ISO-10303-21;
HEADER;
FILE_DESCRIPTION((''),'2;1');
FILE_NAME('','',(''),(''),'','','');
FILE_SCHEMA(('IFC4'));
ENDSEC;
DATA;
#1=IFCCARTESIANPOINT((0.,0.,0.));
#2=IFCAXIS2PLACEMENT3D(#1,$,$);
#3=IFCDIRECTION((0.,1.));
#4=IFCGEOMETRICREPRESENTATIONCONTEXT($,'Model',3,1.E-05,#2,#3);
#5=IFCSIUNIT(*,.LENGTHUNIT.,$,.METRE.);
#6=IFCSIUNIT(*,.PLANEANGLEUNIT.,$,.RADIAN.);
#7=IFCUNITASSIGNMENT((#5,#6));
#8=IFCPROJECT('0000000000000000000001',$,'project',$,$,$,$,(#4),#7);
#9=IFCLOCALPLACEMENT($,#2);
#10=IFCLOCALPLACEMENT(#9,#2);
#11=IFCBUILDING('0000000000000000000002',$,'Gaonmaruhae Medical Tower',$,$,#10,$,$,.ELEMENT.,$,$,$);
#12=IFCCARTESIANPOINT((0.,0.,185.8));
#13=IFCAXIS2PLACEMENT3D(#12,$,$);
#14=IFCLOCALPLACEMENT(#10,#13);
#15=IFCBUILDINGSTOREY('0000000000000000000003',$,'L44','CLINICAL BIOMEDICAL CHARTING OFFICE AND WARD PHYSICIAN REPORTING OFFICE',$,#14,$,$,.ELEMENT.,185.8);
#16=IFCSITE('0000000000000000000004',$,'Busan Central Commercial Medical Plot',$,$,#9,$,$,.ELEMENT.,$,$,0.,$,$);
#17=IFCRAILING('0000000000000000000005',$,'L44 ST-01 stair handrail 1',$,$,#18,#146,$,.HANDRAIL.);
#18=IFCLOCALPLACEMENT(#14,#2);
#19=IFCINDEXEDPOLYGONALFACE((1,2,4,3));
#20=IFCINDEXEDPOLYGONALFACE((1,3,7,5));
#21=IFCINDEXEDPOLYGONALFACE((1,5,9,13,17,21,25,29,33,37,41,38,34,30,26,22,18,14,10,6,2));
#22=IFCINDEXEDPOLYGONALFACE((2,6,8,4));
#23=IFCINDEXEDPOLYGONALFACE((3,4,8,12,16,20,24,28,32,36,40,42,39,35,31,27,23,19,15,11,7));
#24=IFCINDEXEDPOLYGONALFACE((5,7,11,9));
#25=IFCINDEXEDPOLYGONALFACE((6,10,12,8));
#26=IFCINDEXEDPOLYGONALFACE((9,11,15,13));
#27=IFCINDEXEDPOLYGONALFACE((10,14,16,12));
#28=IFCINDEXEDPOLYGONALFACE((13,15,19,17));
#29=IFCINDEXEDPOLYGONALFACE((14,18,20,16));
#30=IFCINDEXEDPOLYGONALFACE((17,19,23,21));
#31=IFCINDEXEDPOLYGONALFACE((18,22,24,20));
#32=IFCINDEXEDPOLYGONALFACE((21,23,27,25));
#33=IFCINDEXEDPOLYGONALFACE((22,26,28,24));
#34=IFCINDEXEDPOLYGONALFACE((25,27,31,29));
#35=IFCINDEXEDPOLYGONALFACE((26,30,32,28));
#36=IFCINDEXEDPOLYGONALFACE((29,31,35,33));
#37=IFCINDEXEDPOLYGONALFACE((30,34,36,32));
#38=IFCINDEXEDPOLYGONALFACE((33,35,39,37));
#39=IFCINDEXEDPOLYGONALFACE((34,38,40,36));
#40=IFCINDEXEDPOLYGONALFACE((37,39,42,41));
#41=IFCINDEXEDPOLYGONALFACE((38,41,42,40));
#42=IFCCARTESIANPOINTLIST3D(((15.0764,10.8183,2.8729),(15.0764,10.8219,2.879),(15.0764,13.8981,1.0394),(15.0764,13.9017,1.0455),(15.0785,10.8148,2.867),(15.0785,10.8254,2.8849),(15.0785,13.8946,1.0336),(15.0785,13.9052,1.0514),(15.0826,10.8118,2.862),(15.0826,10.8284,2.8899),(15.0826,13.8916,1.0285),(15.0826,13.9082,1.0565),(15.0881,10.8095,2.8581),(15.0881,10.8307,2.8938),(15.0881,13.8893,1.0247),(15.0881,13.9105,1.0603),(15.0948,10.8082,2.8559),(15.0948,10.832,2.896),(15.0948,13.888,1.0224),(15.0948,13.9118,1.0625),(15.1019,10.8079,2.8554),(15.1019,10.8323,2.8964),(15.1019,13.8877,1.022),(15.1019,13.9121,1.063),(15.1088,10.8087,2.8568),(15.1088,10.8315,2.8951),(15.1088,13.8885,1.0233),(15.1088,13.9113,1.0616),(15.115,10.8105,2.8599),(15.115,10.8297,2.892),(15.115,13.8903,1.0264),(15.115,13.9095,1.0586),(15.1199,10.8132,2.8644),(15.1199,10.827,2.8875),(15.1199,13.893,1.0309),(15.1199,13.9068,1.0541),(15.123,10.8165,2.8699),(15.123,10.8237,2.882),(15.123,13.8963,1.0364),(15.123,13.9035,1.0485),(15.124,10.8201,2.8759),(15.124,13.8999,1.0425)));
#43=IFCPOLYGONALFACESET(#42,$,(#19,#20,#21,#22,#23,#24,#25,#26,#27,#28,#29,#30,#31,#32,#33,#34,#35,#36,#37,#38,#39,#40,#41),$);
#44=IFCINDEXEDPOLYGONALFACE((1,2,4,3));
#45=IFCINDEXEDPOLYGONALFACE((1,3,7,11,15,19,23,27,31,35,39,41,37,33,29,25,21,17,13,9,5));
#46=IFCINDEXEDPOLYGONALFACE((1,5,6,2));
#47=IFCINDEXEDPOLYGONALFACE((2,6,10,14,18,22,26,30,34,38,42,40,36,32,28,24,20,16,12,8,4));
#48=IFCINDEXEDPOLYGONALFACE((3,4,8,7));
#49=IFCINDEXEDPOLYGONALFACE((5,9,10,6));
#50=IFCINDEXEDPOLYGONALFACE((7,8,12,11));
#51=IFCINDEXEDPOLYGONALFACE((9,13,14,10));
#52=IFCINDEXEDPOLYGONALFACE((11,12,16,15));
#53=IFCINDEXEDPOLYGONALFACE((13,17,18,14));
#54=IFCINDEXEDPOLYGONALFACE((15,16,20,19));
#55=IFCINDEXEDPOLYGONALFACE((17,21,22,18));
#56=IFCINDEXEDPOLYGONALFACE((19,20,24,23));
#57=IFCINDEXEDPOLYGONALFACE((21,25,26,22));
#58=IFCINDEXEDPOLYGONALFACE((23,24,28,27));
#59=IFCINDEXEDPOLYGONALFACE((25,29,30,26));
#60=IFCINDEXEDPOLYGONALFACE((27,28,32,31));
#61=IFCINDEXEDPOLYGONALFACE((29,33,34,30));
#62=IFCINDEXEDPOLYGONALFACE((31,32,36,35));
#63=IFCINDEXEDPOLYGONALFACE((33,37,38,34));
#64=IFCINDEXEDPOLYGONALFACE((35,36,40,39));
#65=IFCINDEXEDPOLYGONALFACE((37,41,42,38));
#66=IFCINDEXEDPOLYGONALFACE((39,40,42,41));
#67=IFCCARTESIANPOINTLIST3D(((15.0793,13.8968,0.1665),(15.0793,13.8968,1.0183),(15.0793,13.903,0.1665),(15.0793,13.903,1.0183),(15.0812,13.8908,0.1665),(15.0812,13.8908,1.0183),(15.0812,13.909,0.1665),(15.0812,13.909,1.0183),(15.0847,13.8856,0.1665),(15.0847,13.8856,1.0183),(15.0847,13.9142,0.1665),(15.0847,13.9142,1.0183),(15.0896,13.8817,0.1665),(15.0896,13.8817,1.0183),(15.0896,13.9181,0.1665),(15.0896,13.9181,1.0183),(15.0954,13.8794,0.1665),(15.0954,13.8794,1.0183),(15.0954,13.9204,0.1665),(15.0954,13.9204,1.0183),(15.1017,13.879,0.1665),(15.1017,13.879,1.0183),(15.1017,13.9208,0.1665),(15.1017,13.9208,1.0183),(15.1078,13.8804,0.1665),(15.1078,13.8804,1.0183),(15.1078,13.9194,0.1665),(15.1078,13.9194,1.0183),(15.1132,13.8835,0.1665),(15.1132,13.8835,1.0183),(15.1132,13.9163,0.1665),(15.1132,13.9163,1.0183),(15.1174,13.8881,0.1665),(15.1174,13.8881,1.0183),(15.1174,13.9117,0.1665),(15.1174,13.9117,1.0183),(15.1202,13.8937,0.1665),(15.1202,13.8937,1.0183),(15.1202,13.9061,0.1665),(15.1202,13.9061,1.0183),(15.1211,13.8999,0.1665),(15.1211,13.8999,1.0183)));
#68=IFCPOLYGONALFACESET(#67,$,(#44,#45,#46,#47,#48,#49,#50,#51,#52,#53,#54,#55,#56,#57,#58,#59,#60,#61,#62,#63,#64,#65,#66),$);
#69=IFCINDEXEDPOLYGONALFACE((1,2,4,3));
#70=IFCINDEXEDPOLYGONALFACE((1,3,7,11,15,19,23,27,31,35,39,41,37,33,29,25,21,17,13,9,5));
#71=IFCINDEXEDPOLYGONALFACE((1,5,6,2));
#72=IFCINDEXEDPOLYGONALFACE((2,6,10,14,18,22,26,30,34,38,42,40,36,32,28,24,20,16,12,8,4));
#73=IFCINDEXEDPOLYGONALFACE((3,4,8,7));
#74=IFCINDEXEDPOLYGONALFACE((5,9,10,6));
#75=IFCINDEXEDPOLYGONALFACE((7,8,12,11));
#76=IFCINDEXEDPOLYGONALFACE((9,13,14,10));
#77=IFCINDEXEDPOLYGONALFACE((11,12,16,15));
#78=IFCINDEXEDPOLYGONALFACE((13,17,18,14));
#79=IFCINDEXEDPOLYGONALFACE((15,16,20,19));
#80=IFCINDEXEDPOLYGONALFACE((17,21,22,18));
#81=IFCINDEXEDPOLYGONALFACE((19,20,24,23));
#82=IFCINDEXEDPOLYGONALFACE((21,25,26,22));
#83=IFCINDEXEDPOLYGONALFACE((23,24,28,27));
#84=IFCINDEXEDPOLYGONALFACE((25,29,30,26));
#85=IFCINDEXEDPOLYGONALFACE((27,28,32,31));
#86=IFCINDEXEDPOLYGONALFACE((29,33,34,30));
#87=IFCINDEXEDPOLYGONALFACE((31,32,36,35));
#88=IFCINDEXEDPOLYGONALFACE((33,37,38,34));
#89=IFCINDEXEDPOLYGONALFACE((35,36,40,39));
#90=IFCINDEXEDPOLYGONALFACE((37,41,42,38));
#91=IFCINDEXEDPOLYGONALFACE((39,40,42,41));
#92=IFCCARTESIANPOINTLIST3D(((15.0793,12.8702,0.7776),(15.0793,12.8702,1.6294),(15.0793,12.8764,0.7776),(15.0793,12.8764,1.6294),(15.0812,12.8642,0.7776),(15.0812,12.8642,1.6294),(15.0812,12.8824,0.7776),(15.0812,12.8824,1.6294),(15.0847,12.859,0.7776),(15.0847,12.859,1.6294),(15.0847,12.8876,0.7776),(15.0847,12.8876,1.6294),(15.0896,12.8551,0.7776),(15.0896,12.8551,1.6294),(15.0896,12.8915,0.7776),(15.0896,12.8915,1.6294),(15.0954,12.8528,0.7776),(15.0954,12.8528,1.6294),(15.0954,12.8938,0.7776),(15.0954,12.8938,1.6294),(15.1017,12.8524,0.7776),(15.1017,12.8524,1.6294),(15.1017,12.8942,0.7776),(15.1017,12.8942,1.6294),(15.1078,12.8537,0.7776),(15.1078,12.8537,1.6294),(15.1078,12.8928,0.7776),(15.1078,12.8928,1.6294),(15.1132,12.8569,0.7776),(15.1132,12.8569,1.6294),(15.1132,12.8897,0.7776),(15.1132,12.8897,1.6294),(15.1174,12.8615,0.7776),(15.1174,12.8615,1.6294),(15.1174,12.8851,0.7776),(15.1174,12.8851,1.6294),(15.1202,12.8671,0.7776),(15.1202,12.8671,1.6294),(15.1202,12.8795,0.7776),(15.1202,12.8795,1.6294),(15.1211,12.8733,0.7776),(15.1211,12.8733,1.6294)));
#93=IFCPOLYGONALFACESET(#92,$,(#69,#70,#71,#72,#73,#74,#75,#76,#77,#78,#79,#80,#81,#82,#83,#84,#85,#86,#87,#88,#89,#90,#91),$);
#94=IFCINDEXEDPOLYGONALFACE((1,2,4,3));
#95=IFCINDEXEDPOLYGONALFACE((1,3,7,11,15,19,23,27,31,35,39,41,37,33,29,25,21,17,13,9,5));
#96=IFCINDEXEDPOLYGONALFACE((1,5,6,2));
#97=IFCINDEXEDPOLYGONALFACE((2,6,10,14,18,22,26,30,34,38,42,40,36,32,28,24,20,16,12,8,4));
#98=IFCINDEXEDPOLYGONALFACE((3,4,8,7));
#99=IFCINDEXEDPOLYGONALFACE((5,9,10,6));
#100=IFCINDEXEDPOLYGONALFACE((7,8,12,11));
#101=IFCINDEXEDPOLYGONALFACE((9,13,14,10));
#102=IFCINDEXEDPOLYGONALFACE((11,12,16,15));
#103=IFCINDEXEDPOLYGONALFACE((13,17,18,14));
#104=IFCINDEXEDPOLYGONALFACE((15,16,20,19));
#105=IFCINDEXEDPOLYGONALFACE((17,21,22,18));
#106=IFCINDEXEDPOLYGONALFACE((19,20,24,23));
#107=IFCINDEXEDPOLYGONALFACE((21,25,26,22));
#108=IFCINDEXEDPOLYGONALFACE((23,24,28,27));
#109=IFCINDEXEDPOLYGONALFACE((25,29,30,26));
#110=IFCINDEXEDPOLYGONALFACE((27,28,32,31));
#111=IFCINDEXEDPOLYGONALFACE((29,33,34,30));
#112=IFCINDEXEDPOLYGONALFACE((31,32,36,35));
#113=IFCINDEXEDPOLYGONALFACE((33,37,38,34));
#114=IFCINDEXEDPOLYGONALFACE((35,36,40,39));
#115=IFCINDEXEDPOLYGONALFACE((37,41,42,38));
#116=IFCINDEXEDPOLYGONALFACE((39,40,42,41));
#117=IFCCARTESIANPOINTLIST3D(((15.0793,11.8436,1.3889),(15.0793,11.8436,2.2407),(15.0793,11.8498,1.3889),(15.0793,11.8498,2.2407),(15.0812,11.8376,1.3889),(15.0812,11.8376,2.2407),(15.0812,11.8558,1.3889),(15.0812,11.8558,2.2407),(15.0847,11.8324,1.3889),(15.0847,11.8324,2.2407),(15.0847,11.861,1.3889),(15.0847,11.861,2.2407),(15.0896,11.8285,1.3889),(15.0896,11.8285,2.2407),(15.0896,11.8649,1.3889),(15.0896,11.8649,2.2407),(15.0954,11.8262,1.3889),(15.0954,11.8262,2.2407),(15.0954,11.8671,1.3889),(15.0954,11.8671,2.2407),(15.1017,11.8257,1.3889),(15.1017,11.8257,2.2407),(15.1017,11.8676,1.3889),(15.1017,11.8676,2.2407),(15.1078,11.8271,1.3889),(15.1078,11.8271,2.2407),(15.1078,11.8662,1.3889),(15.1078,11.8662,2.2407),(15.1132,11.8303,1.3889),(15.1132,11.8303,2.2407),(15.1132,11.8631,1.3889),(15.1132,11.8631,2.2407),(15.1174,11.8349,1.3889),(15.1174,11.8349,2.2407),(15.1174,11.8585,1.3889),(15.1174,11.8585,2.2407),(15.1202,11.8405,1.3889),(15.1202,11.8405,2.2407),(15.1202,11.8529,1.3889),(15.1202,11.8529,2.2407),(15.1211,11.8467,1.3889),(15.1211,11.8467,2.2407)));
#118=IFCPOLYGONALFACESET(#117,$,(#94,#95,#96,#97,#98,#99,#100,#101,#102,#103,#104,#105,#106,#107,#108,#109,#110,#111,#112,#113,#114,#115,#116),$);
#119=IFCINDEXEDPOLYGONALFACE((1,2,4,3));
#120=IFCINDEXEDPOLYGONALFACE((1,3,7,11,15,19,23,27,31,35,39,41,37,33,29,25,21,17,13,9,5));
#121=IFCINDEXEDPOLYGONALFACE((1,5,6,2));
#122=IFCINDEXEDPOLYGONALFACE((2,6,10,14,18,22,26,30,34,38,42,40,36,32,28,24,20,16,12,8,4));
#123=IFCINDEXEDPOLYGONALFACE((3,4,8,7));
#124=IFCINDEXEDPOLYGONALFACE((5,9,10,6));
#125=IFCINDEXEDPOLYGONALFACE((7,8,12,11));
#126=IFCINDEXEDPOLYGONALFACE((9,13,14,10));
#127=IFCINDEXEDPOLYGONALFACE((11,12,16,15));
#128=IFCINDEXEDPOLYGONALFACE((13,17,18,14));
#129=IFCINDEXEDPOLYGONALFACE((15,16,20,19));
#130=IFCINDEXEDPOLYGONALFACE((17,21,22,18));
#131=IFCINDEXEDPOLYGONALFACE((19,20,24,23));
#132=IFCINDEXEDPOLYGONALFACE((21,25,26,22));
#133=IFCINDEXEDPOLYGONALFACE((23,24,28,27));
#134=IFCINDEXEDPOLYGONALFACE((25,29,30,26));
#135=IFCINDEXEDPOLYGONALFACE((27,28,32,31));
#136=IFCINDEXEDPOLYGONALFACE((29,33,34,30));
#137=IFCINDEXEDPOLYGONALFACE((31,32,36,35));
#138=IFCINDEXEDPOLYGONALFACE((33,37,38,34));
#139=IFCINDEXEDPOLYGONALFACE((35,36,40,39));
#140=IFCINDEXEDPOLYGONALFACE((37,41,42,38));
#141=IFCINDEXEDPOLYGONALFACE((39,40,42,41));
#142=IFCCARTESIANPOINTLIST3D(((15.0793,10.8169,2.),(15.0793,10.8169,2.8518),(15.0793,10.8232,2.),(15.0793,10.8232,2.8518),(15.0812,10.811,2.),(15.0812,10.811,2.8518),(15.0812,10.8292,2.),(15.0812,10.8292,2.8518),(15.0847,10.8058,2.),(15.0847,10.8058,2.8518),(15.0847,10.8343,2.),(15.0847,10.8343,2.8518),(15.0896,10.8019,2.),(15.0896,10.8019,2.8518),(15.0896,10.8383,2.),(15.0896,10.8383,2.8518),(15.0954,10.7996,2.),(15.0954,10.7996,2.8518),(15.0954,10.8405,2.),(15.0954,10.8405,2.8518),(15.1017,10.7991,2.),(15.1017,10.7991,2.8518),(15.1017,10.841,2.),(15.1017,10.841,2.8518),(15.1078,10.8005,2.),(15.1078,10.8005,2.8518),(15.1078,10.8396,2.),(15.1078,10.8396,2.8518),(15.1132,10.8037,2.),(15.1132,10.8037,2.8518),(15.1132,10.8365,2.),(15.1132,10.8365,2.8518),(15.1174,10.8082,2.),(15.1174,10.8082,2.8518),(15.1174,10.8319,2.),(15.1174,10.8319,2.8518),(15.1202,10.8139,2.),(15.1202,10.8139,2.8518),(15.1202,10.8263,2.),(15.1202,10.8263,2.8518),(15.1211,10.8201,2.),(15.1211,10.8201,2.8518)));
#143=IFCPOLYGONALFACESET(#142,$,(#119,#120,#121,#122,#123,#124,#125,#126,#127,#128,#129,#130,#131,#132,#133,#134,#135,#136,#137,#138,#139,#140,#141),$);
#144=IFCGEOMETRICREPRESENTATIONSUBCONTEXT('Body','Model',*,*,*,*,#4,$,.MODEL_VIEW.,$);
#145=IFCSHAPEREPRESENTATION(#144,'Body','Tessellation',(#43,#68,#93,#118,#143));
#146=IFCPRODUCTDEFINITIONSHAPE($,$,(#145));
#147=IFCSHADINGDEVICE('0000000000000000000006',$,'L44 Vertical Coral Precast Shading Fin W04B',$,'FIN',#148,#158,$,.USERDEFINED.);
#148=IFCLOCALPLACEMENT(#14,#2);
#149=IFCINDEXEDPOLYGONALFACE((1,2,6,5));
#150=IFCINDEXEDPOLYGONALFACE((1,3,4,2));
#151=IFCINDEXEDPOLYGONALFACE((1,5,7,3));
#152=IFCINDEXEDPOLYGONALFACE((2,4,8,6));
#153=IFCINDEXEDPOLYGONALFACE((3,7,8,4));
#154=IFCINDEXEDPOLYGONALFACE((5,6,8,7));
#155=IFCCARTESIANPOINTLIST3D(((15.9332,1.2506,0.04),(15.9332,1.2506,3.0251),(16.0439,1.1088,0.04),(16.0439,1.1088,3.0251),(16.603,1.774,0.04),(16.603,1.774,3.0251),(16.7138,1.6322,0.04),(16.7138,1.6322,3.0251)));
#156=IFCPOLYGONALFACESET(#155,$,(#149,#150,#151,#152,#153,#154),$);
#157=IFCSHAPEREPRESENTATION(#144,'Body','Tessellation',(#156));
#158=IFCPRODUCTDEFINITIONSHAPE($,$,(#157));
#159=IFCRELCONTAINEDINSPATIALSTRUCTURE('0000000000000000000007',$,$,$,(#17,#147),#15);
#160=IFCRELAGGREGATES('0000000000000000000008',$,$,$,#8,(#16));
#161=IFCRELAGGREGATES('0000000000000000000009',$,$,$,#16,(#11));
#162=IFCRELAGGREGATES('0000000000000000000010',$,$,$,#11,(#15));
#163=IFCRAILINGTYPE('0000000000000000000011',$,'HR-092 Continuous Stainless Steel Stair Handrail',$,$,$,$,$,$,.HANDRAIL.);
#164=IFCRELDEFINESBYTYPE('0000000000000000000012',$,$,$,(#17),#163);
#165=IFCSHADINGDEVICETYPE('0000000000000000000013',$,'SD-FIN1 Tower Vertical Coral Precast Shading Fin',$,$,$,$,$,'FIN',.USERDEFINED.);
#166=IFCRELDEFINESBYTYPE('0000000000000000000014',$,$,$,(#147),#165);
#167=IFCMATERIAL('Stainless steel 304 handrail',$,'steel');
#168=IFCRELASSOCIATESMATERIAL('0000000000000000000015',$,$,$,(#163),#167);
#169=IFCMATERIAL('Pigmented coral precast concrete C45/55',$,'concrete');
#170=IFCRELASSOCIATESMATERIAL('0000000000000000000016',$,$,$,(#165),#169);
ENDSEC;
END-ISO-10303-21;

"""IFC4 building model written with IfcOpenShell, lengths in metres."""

from ifc_helpers import new_model, si_unit, direction, frame, origin, origin_2d, place, context, subcontext, project, spatial, rectangle, circle, extrude, material, type_object, element, save


model = new_model("IFC4")

# Units and contexts
model_context = context("Model", 3, precision=1e-05, world=origin(), true_north=direction((0.0, 1.0)))
body_context = subcontext(model_context, "Body", "Model", "MODEL_VIEW")
ifc_project = project(units=[si_unit("LENGTHUNIT", "METRE"), si_unit("PLANEANGLEUNIT", "RADIAN")], contexts=[model_context])

# Site, building, storey
site_placement = place(None, origin())
site = spatial("IfcSite", under=ifc_project, at=site_placement, Name="Busan Central Commercial Medical Plot", CompositionType="ELEMENT", RefElevation=0.0)
building_placement = place(site_placement, origin())
building = spatial("IfcBuilding", under=site, at=building_placement, Name="Gaonmaruhae Medical Tower", CompositionType="ELEMENT")
storey_placement = place(building_placement, frame((0.0, 0.0, 185.8)))
storey = spatial("IfcBuildingStorey", under=building, at=storey_placement, Name="L44", Description="CLINICAL BIOMEDICAL CHARTING OFFICE AND WARD PHYSICIAN REPORTING OFFICE", CompositionType="ELEMENT", Elevation=185.8)

# Railing
ifc_material_1 = material(Name="Stainless steel 304 handrail", Category="steel")
railing_type_1 = type_object("IfcRailingType", Name="HR-092 Continuous Stainless Steel Stair Handrail", PredefinedType="HANDRAIL", material=ifc_material_1)
railing_1_placement = place(storey_placement, frame((15.1001, 13.8999, 0.1665)))
element("IfcRailing", 1, at=railing_1_placement, inside=storey, type_object=railing_type_1, Name="L44 ST-01 stair handrail 1", PredefinedType="HANDRAIL", context=body_context, shape_type="SweptSolid", body=[
    extrude(circle(Radius=0.0239, at=origin_2d()), frame((0.0, 0.0, 0.876), z_axis=(0.0, -0.859261, 0.511538), x_axis=(1.0, 0.0, 0.0)), (0.0, 0.0, 1.0), 3.5842),
    extrude(circle(Radius=0.021, at=origin_2d()), origin(), (0.0, 0.0, 1.0), 0.8518),
    extrude(circle(Radius=0.021, at=origin_2d()), frame((0.0, -1.0266, 0.6111)), (0.0, 0.0, 1.0), 0.8518),
    extrude(circle(Radius=0.021, at=origin_2d()), frame((0.0, -2.0532, 1.2224)), (0.0, 0.0, 1.0), 0.8518),
    extrude(circle(Radius=0.021, at=origin_2d()), frame((0.0, -3.0798, 1.8335)), (0.0, 0.0, 1.0), 0.8518),
])

# Shading device
ifc_material_2 = material(Name="Pigmented coral precast concrete C45/55", Category="concrete")
shading_device_type = type_object("IfcShadingDeviceType", Name="SD-FIN1 Tower Vertical Coral Precast Shading Fin", ElementType="FIN", PredefinedType="USERDEFINED", material=ifc_material_2)
shading_device_placement = place(storey_placement, frame((16.3235, 1.4414, 0.04), z_axis=(0.0, 0.0, 1.0), x_axis=(-0.615661, 0.788011, 0.0)))
element("IfcShadingDevice", 2, at=shading_device_placement, inside=storey, type_object=shading_device_type, Name="L44 Vertical Coral Precast Shading Fin W04B", ObjectType="FIN", PredefinedType="USERDEFINED", context=body_context, shape_type="SweptSolid", body=[
    extrude(rectangle(XDim=0.1799, YDim=0.8501, at=origin_2d()), origin(), (0.0, 0.0, 1.0), 2.9851),
])

save(model, "model.ifc")
